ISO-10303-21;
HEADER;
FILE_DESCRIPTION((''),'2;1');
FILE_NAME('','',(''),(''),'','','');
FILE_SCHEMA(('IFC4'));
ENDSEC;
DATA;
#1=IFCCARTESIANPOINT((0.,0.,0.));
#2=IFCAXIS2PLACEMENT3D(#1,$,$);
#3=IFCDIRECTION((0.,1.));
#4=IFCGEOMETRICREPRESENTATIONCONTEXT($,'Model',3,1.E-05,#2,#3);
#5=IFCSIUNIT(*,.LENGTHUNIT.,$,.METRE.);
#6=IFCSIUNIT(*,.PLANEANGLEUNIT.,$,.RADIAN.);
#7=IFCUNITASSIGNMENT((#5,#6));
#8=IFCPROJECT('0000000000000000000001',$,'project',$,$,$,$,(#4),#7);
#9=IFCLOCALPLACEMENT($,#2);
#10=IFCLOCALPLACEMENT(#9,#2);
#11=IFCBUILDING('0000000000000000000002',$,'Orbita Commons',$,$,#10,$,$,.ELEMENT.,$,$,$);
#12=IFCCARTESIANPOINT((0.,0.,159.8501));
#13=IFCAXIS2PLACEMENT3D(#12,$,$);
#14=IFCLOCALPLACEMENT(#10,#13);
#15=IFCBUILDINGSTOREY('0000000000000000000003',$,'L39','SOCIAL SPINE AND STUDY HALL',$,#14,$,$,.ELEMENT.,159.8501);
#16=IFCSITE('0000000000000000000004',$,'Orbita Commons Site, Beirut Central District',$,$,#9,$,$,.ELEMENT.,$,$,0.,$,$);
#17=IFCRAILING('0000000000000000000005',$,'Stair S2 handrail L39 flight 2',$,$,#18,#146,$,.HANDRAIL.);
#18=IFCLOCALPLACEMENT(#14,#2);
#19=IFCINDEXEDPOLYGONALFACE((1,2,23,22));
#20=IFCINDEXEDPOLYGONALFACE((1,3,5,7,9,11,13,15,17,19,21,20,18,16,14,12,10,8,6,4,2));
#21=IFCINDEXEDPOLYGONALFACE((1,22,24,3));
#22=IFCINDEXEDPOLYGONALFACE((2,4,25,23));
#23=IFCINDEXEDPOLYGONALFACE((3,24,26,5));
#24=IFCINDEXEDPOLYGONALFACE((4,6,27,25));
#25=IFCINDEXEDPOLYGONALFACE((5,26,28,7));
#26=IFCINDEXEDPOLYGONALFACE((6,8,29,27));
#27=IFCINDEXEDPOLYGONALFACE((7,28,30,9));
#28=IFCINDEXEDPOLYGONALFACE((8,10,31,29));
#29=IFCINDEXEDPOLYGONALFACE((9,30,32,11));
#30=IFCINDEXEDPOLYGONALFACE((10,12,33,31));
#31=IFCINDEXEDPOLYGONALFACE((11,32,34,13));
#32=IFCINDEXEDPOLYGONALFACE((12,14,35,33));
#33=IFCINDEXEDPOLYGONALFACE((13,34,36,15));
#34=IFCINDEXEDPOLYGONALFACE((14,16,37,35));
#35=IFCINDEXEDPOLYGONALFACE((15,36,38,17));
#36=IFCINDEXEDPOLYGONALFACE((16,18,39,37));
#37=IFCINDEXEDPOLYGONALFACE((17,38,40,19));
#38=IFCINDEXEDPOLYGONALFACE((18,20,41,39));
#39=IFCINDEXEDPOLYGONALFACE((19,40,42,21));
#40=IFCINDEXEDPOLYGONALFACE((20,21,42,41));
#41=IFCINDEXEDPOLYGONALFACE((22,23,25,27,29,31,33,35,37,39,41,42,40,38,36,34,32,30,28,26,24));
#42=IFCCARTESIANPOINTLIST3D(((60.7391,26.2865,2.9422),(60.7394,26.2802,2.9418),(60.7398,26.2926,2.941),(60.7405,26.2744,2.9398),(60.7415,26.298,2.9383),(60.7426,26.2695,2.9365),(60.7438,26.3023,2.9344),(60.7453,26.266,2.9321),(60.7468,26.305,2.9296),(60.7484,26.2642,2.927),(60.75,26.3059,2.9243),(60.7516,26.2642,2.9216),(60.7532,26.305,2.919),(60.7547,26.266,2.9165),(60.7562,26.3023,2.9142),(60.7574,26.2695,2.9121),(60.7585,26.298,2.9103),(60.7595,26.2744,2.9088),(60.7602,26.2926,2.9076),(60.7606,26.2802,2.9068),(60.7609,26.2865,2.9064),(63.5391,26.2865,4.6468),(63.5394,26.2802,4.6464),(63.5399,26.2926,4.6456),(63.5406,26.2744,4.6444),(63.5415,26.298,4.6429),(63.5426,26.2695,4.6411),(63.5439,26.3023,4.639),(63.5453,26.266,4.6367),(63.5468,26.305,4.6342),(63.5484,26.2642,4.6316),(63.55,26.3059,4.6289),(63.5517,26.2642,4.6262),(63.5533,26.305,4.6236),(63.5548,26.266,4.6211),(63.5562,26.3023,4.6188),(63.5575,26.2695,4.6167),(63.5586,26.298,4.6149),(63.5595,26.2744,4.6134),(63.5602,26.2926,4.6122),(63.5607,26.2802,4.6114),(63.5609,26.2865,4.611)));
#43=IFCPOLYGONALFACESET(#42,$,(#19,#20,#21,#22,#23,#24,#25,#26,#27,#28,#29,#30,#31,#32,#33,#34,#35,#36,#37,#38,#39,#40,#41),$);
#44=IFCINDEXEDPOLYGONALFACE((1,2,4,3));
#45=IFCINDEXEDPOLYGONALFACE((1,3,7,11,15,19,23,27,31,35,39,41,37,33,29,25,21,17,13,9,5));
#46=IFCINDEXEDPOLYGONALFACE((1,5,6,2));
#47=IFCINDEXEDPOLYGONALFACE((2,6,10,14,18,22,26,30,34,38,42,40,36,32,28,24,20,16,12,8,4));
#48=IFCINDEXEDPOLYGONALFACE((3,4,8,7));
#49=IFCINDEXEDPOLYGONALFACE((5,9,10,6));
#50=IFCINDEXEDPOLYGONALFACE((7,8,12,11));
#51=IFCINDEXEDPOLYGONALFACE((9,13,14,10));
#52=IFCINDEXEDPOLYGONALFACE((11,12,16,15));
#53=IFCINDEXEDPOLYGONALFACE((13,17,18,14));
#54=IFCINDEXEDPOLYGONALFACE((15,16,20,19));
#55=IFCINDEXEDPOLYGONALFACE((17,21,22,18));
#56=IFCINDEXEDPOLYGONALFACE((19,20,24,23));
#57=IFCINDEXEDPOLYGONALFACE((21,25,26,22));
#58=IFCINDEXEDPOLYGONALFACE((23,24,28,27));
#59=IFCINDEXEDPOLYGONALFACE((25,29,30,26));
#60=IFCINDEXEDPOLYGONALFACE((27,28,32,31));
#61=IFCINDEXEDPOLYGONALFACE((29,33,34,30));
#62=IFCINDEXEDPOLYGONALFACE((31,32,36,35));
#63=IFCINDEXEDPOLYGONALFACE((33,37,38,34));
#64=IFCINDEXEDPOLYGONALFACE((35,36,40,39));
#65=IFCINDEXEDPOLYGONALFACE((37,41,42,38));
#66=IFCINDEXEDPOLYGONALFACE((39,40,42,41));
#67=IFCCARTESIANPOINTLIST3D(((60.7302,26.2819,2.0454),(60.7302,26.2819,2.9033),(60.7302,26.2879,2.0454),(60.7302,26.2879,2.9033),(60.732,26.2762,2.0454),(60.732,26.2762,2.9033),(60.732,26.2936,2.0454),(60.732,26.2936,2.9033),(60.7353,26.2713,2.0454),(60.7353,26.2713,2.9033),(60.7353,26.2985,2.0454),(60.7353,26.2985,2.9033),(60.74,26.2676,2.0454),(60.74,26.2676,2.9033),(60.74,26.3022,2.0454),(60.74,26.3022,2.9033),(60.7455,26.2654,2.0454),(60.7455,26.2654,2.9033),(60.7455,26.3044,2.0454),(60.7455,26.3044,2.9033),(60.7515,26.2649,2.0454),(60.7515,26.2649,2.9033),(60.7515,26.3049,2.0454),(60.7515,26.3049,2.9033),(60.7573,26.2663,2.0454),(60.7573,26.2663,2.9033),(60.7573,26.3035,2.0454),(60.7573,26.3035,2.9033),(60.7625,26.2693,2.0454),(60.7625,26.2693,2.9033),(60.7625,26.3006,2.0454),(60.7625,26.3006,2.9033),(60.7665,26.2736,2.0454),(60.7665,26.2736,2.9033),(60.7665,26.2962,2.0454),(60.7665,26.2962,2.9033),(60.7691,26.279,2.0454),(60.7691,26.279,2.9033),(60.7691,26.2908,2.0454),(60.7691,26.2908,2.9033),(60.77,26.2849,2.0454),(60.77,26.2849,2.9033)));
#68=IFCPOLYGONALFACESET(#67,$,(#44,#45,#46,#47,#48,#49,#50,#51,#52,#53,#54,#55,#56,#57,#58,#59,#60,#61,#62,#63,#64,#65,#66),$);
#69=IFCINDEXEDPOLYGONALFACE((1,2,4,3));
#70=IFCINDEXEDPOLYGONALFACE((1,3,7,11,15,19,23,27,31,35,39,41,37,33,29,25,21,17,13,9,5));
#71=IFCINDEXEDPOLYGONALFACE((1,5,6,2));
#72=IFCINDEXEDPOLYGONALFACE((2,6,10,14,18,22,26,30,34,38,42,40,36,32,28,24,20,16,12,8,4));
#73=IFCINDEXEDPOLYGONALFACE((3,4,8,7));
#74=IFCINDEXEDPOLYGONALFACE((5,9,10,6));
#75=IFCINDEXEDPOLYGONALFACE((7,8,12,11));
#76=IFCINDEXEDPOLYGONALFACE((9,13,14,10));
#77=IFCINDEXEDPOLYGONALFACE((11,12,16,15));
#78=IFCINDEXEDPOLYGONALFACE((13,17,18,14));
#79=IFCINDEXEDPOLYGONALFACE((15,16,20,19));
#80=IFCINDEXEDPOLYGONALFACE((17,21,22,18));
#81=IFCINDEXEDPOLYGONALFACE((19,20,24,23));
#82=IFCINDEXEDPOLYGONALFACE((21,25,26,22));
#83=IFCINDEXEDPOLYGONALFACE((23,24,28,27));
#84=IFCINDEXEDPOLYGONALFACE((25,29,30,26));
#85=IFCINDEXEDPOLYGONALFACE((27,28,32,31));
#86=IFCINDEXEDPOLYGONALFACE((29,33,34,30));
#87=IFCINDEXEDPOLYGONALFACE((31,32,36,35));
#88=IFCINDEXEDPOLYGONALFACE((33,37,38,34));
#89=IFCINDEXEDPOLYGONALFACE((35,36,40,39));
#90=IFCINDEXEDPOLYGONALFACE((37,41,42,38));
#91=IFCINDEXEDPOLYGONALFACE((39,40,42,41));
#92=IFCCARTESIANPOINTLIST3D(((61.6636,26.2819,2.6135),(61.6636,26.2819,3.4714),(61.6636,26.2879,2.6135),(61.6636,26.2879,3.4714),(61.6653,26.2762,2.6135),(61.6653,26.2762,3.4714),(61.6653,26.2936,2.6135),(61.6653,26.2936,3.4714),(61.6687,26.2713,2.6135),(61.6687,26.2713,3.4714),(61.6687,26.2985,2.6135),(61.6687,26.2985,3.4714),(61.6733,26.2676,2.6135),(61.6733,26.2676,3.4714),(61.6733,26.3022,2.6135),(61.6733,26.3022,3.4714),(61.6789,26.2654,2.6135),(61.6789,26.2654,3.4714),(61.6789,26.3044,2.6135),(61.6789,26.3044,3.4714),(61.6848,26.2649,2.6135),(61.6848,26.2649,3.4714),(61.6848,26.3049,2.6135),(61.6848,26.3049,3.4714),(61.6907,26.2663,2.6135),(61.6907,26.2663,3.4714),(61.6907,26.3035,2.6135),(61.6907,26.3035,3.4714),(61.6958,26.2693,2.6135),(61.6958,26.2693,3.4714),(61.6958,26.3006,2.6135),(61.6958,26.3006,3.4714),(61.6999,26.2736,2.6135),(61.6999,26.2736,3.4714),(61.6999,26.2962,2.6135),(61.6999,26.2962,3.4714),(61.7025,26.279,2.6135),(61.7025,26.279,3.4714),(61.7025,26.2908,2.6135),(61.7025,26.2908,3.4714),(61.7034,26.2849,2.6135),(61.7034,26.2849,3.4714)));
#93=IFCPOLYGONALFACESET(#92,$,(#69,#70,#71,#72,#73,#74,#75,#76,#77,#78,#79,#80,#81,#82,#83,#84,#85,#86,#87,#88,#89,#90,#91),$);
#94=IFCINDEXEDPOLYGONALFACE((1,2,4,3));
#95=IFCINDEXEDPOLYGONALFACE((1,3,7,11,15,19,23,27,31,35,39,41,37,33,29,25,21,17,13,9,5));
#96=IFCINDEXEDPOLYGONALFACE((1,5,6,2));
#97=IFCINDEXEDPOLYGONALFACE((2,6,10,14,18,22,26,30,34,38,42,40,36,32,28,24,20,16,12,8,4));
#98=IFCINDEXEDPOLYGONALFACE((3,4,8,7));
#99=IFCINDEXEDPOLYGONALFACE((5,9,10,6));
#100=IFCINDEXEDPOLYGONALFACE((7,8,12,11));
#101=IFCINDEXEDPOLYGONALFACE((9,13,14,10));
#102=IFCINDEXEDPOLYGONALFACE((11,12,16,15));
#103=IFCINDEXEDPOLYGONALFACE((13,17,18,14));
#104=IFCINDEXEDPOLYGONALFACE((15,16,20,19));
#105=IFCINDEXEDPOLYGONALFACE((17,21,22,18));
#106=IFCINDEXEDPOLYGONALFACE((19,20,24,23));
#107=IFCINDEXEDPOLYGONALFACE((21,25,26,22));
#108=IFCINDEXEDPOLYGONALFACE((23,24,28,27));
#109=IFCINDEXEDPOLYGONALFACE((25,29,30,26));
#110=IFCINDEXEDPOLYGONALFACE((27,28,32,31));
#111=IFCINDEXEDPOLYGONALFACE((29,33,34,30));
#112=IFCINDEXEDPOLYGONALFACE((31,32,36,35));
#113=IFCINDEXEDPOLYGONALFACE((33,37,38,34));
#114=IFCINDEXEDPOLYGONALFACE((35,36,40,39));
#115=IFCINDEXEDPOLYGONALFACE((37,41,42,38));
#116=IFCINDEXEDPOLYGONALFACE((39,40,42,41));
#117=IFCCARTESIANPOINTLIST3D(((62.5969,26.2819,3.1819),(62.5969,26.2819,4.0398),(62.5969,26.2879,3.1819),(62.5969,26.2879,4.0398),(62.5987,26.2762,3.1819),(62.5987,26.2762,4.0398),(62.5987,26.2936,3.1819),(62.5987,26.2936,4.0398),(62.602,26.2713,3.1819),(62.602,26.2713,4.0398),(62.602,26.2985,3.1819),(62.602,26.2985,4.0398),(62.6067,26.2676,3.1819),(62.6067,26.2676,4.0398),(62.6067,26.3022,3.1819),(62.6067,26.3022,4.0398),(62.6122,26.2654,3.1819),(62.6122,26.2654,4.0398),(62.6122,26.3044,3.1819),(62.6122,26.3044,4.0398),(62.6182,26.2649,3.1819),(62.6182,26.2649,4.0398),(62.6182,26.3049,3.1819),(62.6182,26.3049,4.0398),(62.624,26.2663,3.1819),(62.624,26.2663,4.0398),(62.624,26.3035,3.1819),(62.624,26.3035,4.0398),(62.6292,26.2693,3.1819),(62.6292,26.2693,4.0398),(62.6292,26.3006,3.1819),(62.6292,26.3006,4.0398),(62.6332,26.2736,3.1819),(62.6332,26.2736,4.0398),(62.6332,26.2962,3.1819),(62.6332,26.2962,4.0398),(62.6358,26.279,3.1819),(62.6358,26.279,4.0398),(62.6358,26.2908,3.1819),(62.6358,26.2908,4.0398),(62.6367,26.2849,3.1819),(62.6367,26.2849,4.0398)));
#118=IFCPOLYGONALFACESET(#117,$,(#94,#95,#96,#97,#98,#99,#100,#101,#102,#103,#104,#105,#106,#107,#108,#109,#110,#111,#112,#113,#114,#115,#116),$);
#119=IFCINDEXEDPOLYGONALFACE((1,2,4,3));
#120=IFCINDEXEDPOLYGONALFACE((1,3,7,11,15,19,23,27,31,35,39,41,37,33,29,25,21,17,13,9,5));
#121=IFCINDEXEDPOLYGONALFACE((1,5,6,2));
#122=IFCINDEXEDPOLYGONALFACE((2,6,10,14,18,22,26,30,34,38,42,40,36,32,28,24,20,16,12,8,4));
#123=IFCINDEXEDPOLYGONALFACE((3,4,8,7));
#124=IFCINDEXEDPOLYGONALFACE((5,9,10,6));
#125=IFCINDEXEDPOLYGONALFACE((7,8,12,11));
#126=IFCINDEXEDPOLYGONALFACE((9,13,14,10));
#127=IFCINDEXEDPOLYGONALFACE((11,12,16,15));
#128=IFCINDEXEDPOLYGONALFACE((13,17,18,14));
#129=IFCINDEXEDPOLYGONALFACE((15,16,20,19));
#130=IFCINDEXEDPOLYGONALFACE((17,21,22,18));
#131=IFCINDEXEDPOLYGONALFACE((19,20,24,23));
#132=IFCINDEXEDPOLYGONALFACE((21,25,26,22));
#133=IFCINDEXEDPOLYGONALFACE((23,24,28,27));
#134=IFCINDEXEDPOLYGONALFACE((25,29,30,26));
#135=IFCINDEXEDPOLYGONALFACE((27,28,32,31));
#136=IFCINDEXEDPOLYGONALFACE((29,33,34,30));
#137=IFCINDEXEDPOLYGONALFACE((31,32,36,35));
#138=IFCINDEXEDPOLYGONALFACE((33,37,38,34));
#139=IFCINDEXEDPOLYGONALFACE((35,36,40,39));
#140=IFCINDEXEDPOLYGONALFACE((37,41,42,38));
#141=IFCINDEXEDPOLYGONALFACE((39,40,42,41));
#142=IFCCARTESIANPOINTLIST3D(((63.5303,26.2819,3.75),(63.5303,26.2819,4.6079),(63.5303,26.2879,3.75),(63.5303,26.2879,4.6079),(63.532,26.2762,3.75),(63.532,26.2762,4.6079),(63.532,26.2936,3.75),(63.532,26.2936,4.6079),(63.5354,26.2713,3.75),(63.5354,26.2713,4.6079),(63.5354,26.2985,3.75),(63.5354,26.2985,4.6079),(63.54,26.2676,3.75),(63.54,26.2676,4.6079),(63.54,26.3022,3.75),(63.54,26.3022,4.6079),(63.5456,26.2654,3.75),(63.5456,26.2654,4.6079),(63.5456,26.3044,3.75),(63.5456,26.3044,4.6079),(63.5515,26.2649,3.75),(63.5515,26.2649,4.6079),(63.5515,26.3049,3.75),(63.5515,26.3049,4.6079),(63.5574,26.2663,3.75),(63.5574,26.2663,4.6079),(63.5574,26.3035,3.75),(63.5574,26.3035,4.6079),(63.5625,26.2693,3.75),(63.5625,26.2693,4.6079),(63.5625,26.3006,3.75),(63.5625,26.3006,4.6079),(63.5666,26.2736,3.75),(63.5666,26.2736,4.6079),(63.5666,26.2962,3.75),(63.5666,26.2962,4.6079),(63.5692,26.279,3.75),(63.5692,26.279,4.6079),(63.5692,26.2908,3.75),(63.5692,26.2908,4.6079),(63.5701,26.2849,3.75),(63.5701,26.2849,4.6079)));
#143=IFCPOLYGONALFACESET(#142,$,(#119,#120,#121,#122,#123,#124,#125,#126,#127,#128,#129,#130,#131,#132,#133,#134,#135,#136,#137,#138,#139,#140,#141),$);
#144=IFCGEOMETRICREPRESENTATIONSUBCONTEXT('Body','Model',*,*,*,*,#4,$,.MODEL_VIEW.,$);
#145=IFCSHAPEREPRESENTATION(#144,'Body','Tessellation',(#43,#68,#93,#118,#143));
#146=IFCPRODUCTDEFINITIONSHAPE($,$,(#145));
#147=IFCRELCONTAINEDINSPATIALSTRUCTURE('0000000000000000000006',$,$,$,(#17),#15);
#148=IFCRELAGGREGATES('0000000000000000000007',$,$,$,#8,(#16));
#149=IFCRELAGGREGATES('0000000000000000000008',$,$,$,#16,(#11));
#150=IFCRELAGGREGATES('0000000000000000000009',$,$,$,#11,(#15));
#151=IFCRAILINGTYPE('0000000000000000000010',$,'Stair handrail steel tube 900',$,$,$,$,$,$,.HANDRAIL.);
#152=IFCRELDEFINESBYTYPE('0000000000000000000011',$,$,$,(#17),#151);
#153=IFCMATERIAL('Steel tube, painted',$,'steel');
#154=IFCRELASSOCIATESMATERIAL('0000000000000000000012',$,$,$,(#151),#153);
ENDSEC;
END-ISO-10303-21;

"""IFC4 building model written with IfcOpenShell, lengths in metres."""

from ifc_helpers import new_model, si_unit, direction, frame, origin, origin_2d, place, context, subcontext, project, spatial, circle, extrude, material, type_object, element, save


model = new_model("IFC4")

# Units and contexts
model_context = context("Model", 3, precision=1e-05, world=origin(), true_north=direction((0.0, 1.0)))
body_context = subcontext(model_context, "Body", "Model", "MODEL_VIEW")
ifc_project = project(units=[si_unit("LENGTHUNIT", "METRE"), si_unit("PLANEANGLEUNIT", "RADIAN")], contexts=[model_context])

# Site, building, storey
site_placement = place(None, origin())
site = spatial("IfcSite", under=ifc_project, at=site_placement, Name="Orbita Commons Site, Beirut Central District", CompositionType="ELEMENT", RefElevation=0.0)
building_placement = place(site_placement, origin())
building = spatial("IfcBuilding", under=site, at=building_placement, Name="Orbita Commons", CompositionType="ELEMENT")
storey_placement = place(building_placement, frame((0.0, 0.0, 159.8501)))
storey = spatial("IfcBuildingStorey", under=building, at=storey_placement, Name="L39", Description="SOCIAL SPINE AND STUDY HALL", CompositionType="ELEMENT", Elevation=159.8501)

# Railing
ifc_material_1 = material(Name="Steel tube, painted", Category="steel")
railing_type = type_object("IfcRailingType", Name="Stair handrail steel tube 900", PredefinedType="HANDRAIL", material=ifc_material_1)
for number, where, name in (
    (1, (60.75, 26.2849, 2.0454), "Stair S2 handrail L39 flight 2"),
):
    element("IfcRailing", number, at=place(storey_placement, frame(where)), inside=storey, type_object=railing_type, Name=name, PredefinedType="HANDRAIL", context=body_context, shape_type="SweptSolid", body=[
        extrude(circle(Radius=0.021, at=origin_2d()), frame((0.0, 0.0, 0.8789), z_axis=(0.85417, 0.0, 0.519994), x_axis=(0.0, 1.0, 0.0)), (0.0, 0.0, 1.0), 3.2781),
        extrude(circle(Radius=0.02, at=origin_2d()), origin(), (0.0, 0.0, 1.0), 0.8579),
        extrude(circle(Radius=0.02, at=origin_2d()), frame((0.9333, 0.0, 0.5681)), (0.0, 0.0, 1.0), 0.8579),
        extrude(circle(Radius=0.02, at=origin_2d()), frame((1.8667, 0.0, 1.1365)), (0.0, 0.0, 1.0), 0.8579),
        extrude(circle(Radius=0.02, at=origin_2d()), frame((2.8, 0.0, 1.7046)), (0.0, 0.0, 1.0), 0.8579),
    ])

save(model, "model.ifc")
